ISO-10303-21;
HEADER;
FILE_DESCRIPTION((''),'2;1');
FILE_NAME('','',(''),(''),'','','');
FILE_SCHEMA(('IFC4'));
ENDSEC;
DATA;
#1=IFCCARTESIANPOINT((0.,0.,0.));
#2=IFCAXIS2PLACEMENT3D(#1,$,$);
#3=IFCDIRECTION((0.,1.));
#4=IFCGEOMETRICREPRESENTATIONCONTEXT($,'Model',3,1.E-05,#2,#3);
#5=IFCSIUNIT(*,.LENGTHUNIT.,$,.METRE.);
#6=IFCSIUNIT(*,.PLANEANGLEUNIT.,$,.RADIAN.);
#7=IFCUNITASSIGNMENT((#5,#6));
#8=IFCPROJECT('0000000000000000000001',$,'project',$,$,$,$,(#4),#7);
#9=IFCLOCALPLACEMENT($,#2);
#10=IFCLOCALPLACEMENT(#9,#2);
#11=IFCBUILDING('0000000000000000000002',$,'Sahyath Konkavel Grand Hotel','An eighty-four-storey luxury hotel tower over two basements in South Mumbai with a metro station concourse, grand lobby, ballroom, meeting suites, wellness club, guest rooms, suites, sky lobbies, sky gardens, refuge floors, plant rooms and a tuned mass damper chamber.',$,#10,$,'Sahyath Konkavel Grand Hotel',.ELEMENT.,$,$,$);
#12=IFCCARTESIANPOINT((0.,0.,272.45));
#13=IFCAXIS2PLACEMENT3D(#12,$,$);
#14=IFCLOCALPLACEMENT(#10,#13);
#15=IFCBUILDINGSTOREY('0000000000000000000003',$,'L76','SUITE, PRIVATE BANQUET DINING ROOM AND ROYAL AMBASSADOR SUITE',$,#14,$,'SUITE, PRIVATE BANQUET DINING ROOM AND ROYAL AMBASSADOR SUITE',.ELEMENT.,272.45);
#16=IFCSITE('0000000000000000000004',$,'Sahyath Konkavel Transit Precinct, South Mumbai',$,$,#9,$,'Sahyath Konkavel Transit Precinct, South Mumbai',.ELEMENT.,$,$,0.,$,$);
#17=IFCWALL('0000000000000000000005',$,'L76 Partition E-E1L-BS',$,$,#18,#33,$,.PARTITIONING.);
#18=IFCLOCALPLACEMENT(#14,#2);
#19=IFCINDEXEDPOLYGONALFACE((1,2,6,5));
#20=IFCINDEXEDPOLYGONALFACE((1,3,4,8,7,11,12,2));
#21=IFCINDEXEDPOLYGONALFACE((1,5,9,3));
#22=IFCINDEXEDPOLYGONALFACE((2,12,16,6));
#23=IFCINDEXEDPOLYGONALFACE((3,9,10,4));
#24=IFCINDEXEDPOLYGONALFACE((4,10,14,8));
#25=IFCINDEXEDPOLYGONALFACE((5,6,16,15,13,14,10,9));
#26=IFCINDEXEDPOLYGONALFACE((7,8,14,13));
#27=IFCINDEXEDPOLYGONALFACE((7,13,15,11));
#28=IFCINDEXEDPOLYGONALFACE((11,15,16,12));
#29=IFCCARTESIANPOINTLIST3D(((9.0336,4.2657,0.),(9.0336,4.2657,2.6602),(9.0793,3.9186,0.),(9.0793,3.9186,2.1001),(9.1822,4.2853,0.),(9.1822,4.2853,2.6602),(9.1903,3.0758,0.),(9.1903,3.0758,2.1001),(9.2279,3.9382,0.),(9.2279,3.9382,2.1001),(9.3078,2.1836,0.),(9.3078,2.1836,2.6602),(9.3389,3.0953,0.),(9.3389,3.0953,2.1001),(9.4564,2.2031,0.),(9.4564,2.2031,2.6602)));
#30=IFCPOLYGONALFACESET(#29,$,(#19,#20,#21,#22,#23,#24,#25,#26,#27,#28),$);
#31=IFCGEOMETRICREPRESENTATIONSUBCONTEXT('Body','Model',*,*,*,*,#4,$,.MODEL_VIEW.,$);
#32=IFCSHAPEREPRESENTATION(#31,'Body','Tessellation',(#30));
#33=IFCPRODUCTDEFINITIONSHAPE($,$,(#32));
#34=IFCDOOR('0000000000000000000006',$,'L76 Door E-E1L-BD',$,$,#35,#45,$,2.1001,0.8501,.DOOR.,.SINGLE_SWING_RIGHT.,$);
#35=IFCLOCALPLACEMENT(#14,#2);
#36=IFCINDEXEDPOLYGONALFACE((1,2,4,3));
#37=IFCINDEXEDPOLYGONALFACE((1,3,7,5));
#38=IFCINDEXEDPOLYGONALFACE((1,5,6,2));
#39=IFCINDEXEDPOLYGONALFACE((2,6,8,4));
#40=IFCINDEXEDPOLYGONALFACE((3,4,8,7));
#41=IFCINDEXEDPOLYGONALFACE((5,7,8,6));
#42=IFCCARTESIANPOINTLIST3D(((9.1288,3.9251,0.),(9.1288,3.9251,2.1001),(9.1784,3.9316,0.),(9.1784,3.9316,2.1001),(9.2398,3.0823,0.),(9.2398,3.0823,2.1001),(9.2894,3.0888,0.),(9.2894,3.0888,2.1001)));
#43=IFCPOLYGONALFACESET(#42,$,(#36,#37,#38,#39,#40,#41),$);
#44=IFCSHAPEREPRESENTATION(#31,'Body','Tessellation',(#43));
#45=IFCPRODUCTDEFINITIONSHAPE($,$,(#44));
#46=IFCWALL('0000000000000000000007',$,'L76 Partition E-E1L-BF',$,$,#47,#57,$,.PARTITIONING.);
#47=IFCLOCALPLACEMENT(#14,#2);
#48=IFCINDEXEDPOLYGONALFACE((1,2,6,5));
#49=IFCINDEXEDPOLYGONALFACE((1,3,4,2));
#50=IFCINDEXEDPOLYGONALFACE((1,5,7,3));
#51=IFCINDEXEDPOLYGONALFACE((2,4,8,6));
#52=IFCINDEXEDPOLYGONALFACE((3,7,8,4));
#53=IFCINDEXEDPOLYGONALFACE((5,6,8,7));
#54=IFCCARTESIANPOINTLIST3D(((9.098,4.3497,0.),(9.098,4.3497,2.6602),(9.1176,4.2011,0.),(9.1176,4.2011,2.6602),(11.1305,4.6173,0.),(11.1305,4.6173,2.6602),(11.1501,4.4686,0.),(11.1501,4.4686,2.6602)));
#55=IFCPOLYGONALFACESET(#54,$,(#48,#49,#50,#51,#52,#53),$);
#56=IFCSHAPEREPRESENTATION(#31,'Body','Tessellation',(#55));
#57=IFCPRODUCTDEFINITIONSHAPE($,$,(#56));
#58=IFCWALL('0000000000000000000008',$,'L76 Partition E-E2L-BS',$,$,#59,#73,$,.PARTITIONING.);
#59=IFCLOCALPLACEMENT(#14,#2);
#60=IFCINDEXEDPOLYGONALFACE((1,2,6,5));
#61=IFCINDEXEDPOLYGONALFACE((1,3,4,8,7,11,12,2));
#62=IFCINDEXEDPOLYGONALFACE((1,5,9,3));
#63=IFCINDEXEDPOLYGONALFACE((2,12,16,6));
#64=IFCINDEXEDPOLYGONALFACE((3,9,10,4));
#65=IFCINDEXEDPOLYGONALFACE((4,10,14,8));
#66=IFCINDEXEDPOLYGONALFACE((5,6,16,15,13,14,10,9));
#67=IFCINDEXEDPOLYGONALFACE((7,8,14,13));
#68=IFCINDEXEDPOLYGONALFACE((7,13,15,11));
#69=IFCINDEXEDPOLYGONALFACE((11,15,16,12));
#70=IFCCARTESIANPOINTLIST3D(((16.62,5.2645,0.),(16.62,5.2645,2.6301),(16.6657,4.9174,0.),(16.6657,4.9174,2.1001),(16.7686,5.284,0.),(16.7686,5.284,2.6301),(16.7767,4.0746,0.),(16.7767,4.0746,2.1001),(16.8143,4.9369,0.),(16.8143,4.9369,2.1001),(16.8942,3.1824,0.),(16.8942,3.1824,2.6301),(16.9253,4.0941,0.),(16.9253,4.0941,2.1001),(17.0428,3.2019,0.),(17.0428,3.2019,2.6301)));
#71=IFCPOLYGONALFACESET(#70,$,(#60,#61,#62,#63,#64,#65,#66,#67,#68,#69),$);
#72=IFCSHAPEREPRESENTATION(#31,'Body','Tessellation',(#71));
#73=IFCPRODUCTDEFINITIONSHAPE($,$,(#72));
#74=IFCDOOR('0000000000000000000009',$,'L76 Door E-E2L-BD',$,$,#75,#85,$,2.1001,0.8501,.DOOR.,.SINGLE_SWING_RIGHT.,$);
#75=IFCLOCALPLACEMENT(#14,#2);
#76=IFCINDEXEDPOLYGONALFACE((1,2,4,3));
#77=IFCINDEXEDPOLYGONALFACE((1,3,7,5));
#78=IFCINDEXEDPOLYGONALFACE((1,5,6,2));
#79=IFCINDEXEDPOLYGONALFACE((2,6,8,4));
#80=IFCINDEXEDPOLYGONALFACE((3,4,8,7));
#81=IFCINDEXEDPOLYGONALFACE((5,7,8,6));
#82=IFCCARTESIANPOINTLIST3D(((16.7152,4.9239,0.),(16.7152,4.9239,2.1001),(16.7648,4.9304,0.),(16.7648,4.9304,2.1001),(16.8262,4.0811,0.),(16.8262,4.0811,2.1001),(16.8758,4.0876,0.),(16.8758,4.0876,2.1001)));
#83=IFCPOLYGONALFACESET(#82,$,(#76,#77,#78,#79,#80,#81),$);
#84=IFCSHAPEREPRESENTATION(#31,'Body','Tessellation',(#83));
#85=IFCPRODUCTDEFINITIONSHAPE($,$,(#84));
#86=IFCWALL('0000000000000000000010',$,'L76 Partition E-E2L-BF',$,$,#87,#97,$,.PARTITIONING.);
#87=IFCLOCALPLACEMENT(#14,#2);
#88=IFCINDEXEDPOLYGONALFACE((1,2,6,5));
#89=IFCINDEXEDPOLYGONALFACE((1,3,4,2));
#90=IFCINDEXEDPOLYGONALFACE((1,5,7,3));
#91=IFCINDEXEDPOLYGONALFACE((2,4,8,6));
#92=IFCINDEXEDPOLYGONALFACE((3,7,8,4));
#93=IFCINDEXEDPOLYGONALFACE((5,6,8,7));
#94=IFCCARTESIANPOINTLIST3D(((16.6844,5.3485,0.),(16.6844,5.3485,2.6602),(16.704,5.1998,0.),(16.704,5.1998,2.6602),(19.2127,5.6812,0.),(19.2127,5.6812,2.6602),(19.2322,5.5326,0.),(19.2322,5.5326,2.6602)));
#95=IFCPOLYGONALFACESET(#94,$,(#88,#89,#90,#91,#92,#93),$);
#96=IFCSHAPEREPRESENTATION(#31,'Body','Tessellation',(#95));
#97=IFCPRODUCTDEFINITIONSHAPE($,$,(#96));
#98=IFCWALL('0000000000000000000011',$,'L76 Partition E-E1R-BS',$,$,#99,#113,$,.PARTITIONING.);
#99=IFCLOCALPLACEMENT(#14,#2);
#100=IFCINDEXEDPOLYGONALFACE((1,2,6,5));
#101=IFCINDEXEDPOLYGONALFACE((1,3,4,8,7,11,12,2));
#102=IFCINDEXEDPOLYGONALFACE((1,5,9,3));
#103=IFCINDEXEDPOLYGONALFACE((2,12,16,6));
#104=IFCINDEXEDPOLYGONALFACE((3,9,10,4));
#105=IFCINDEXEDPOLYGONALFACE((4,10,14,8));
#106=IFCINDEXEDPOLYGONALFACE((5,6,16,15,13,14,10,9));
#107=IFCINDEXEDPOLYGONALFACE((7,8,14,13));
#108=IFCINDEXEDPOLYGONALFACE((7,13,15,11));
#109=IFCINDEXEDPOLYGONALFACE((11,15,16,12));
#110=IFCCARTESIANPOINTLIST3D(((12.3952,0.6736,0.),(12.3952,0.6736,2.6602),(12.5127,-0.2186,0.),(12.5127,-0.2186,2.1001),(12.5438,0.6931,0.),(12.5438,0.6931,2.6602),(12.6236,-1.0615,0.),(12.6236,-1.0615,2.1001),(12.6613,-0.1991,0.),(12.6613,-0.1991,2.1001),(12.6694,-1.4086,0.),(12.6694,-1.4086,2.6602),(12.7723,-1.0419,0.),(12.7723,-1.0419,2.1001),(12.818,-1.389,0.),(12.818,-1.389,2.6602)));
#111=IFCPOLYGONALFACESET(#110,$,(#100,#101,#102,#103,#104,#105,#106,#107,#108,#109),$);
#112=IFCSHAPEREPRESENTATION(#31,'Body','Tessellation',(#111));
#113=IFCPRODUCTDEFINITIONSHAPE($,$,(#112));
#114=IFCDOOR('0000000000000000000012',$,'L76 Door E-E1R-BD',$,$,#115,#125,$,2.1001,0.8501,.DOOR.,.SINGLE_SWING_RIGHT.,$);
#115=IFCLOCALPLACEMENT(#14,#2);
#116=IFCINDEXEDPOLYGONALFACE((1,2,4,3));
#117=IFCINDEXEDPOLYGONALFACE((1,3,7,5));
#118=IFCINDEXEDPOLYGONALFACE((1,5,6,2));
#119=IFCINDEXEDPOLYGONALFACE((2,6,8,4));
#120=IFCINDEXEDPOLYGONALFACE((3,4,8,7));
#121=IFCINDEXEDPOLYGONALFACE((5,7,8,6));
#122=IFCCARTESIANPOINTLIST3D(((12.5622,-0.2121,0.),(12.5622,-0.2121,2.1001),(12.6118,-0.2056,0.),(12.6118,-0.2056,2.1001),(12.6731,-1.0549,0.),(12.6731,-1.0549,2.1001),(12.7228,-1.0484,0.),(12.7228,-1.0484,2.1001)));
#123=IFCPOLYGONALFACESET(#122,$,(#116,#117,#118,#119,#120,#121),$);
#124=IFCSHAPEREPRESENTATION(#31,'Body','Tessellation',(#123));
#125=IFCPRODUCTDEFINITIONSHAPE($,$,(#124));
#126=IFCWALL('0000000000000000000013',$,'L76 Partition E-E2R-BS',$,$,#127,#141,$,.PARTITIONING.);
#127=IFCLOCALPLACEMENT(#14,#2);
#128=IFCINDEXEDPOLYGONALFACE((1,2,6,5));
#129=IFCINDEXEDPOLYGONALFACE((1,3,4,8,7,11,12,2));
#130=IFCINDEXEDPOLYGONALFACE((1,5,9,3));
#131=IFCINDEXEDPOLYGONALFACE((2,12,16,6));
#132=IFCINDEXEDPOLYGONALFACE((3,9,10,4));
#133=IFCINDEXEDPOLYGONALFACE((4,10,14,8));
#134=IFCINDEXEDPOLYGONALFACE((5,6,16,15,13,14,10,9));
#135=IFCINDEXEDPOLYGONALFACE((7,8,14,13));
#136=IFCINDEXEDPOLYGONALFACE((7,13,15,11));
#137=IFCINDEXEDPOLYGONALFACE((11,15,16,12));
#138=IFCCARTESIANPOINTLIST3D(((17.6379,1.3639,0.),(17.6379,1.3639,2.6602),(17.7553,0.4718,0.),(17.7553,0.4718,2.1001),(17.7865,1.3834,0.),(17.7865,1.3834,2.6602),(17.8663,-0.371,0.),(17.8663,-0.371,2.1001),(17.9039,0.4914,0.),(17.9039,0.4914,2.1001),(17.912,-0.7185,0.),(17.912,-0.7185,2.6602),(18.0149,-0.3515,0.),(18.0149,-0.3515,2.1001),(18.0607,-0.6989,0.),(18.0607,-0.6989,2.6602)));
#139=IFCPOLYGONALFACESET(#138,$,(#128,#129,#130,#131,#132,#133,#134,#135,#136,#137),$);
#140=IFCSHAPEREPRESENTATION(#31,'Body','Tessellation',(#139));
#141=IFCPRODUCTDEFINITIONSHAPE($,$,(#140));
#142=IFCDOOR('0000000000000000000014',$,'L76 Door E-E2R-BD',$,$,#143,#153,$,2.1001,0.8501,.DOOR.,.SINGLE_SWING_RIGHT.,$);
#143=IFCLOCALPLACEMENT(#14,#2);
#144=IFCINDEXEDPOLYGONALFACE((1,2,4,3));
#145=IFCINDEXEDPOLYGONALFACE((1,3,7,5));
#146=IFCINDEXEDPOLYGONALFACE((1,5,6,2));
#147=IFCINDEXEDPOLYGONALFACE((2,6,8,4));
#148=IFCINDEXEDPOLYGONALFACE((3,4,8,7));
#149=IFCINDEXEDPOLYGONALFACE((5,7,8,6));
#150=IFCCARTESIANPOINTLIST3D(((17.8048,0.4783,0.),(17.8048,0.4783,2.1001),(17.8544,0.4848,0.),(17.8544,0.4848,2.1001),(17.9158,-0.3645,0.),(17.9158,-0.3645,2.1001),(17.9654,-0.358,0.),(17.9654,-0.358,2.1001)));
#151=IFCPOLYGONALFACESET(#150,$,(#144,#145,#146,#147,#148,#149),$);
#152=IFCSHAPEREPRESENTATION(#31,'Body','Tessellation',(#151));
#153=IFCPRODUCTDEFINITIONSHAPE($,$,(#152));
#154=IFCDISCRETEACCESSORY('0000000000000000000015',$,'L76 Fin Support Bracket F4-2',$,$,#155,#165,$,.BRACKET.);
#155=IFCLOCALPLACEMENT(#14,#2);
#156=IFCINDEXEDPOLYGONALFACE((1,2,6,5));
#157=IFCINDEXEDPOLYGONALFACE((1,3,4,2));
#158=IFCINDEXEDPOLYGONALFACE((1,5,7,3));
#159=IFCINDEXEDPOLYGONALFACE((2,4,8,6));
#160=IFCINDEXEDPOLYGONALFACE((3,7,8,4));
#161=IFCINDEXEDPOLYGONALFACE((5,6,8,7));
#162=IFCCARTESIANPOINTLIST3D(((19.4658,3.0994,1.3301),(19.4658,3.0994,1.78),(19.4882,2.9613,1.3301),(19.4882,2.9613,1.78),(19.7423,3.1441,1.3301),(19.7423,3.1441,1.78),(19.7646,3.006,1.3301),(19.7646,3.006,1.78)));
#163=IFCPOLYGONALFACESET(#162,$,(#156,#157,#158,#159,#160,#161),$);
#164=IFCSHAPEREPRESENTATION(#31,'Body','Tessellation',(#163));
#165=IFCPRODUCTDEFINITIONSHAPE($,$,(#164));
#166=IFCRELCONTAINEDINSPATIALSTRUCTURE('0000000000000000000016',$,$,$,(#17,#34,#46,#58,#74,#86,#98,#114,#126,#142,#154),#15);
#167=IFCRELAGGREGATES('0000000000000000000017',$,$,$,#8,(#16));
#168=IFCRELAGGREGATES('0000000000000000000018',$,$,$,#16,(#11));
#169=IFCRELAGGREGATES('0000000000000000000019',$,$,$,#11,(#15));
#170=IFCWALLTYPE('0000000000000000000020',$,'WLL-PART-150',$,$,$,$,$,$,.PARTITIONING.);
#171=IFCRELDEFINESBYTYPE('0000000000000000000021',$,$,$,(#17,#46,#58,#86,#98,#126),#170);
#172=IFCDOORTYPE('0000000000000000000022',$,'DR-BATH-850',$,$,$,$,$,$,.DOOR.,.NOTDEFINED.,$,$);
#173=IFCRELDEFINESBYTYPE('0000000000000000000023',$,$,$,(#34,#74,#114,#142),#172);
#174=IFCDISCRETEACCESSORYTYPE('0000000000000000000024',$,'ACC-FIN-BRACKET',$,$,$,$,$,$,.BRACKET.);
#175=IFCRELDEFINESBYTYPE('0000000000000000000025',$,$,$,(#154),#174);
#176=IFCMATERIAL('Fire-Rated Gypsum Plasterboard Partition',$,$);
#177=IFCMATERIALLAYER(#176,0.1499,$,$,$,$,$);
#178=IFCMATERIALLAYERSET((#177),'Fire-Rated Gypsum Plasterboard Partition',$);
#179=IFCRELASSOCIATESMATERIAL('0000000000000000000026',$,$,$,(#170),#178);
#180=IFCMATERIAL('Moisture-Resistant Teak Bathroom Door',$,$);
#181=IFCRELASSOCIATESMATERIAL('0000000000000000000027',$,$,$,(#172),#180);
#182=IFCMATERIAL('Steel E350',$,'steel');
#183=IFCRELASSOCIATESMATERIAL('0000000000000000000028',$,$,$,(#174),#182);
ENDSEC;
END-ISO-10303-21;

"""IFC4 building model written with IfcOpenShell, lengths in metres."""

from ifc_helpers import new_model, si_unit, direction, frame, frame_2d, origin, origin_2d, place, context, subcontext, project, spatial, rectangle, extrude, source, transform, mapped, material, layer, layer_set, type_object, element, fill, save


model = new_model("IFC4")

# Units and contexts
model_context = context("Model", 3, precision=1e-05, world=origin(), true_north=direction((0.0, 1.0)))
body_context = subcontext(model_context, "Body", "Model", "MODEL_VIEW")
ifc_project = project(units=[si_unit("LENGTHUNIT", "METRE"), si_unit("PLANEANGLEUNIT", "RADIAN")], contexts=[model_context])

# Site, building, storey
site_placement = place(None, origin())
site = spatial("IfcSite", under=ifc_project, at=site_placement, Name="Sahyath Konkavel Transit Precinct, South Mumbai", LongName="Sahyath Konkavel Transit Precinct, South Mumbai", CompositionType="ELEMENT", RefElevation=0.0)
building_placement = place(site_placement, origin())
building = spatial("IfcBuilding", under=site, at=building_placement, Name="Sahyath Konkavel Grand Hotel", Description="An eighty-four-storey luxury hotel tower over two basements in South Mumbai with a metro station concourse, grand lobby, ballroom, meeting suites, wellness club, guest rooms, suites, sky lobbies, sky gardens, refuge floors, plant rooms and a tuned mass damper chamber.", LongName="Sahyath Konkavel Grand Hotel", CompositionType="ELEMENT")
storey_placement = place(building_placement, frame((0.0, 0.0, 272.45)))
storey = spatial("IfcBuildingStorey", under=building, at=storey_placement, Name="L76", Description="SUITE, PRIVATE BANQUET DINING ROOM AND ROYAL AMBASSADOR SUITE", LongName="SUITE, PRIVATE BANQUET DINING ROOM AND ROYAL AMBASSADOR SUITE", CompositionType="ELEMENT", Elevation=272.45)

# Shared definitions
ifc_material_1 = material(Name="Steel E350", Category="steel")

# Wall, opening, door
ifc_material_2 = material(Name="Fire-Rated Gypsum Plasterboard Partition")
ifc_layer_1 = layer(ifc_material_2, 0.1499)
ifc_layer_set_1 = layer_set([ifc_layer_1], Name="Fire-Rated Gypsum Plasterboard Partition")
wall_type_1 = type_object("IfcWallType", Name="WLL-PART-150", PredefinedType="PARTITIONING", material=ifc_layer_set_1)
wall_1_placement = place(storey_placement, frame((9.3821, 2.1934, 0.0), z_axis=(0.0, 0.0, 1.0), x_axis=(-0.130557, 0.991441, 0.0)))
wall_1 = element("IfcWall", 1, at=wall_1_placement, inside=storey, type_object=wall_type_1, Name="L76 Partition E-E1L-BS", PredefinedType="PARTITIONING", context=body_context, shape_type="SweptSolid", body=[
    extrude(rectangle(XDim=2.1001, YDim=0.1499, at=frame_2d((1.05, 0.0))), origin(), (0.0, 0.0, 1.0), 2.6602),
])
opening_1_placement = place(wall_1_placement, frame((0.8999, 0.0, 0.0)))
opening_1 = element("IfcOpeningElement", 2, at=opening_1_placement, cuts=wall_1, PredefinedType="OPENING", context=body_context, shape_type="SweptSolid", body=[
    extrude(rectangle(XDim=0.8501, YDim=2.1001, at=frame_2d((0.425, 1.05))), frame((0.0, 0.085, 0.0), z_axis=(0.0, -1.0, 0.0), x_axis=(1.0, 0.0, 0.0)), (0.0, 0.0, 1.0), 0.1699),
])
ifc_material_3 = material(Name="Moisture-Resistant Teak Bathroom Door")
door_type = type_object("IfcDoorType", Name="DR-BATH-850", OperationType="NOTDEFINED", PredefinedType="DOOR", material=ifc_material_3)
shared_shape_1 = source(origin(), body_context, "Body", "SweptSolid", [
    extrude(rectangle(XDim=0.8501, YDim=0.05, at=origin_2d()), origin(), (0.0, 0.0, 1.0), 2.1001),
])
door_1_placement = place(opening_1_placement, frame((0.425, 0.0, 0.0)))
door_1 = element("IfcDoor", 3, at=door_1_placement, inside=storey, type_object=door_type, Name="L76 Door E-E1L-BD", OperationType="SINGLE_SWING_RIGHT", OverallHeight=2.1001, OverallWidth=0.8501, PredefinedType="DOOR", context=body_context, shape_type="MappedRepresentation", body=[
    mapped(shared_shape_1, transform((0.0, 0.0, 0.0), scale=1.0)),
])
fill(opening_1, door_1)

# Wall
wall_2_placement = place(storey_placement, frame((9.1079, 4.2754, 0.0), z_axis=(0.0, 0.0, 1.0), x_axis=(0.991445, 0.130525, 0.0)))
element("IfcWall", 4, at=wall_2_placement, inside=storey, type_object=wall_type_1, Name="L76 Partition E-E1L-BF", PredefinedType="PARTITIONING", context=body_context, shape_type="SweptSolid", body=[
    extrude(rectangle(XDim=2.05, YDim=0.1499, at=frame_2d((1.0249, 0.0))), origin(), (0.0, 0.0, 1.0), 2.6602),
])

# Wall, opening, door
wall_3_placement = place(storey_placement, frame((16.9685, 3.1921, 0.0), z_axis=(0.0, 0.0, 1.0), x_axis=(-0.130557, 0.991441, 0.0)))
wall_3 = element("IfcWall", 5, at=wall_3_placement, inside=storey, type_object=wall_type_1, Name="L76 Partition E-E2L-BS", PredefinedType="PARTITIONING", context=body_context, shape_type="SweptSolid", body=[
    extrude(rectangle(XDim=2.1001, YDim=0.1499, at=frame_2d((1.05, 0.0))), origin(), (0.0, 0.0, 1.0), 2.6301),
])
opening_2_placement = place(wall_3_placement, frame((0.8999, 0.0, 0.0)))
opening_2 = element("IfcOpeningElement", 6, at=opening_2_placement, cuts=wall_3, PredefinedType="OPENING", context=body_context, shape_type="SweptSolid", body=[
    extrude(rectangle(XDim=0.8501, YDim=2.1001, at=frame_2d((0.425, 1.05))), frame((0.0, 0.085, 0.0), z_axis=(0.0, -1.0, 0.0), x_axis=(1.0, 0.0, 0.0)), (0.0, 0.0, 1.0), 0.1699),
])
door_2_placement = place(opening_2_placement, frame((0.425, 0.0, 0.0)))
door_2 = element("IfcDoor", 7, at=door_2_placement, inside=storey, type_object=door_type, Name="L76 Door E-E2L-BD", OperationType="SINGLE_SWING_RIGHT", OverallHeight=2.1001, OverallWidth=0.8501, PredefinedType="DOOR", context=body_context, shape_type="MappedRepresentation", body=[
    mapped(shared_shape_1, transform((0.0, 0.0, 0.0), scale=1.0)),
])
fill(opening_2, door_2)

# Wall
wall_4_placement = place(storey_placement, frame((16.6943, 5.2742, 0.0), z_axis=(0.0, 0.0, 1.0), x_axis=(0.99145, 0.130489, 0.0)))
element("IfcWall", 8, at=wall_4_placement, inside=storey, type_object=wall_type_1, Name="L76 Partition E-E2L-BF", PredefinedType="PARTITIONING", context=body_context, shape_type="SweptSolid", body=[
    extrude(rectangle(XDim=2.55, YDim=0.1499, at=frame_2d((1.2749, 0.0))), origin(), (0.0, 0.0, 1.0), 2.6602),
])

# Walls, openings, doors
wall_5_placement = place(storey_placement, frame((12.4695, 0.6833, 0.0), z_axis=(0.0, 0.0, 1.0), x_axis=(0.130557, -0.991441, 0.0)))
wall_5 = element("IfcWall", 9, at=wall_5_placement, inside=storey, type_object=wall_type_1, Name="L76 Partition E-E1R-BS", PredefinedType="PARTITIONING", context=body_context, shape_type="SweptSolid", body=[
    extrude(rectangle(XDim=2.1001, YDim=0.1499, at=frame_2d((1.05, 0.0))), origin(), (0.0, 0.0, 1.0), 2.6602),
])
opening_3_placement = place(wall_5_placement, frame((0.8999, 0.0, 0.0)))
opening_3 = element("IfcOpeningElement", 10, at=opening_3_placement, cuts=wall_5, PredefinedType="OPENING", context=body_context, shape_type="SweptSolid", body=[
    extrude(rectangle(XDim=0.8501, YDim=2.1001, at=frame_2d((0.425, 1.05))), frame((0.0, 0.085, 0.0), z_axis=(0.0, -1.0, 0.0), x_axis=(1.0, 0.0, 0.0)), (0.0, 0.0, 1.0), 0.1699),
])
door_3_placement = place(opening_3_placement, frame((0.425, 0.0, 0.0)))
door_3 = element("IfcDoor", 11, at=door_3_placement, inside=storey, type_object=door_type, Name="L76 Door E-E1R-BD", OperationType="SINGLE_SWING_RIGHT", OverallHeight=2.1001, OverallWidth=0.8501, PredefinedType="DOOR", context=body_context, shape_type="MappedRepresentation", body=[
    mapped(shared_shape_1, transform((0.0, 0.0, 0.0), scale=1.0)),
])
fill(opening_3, door_3)
wall_6_placement = place(storey_placement, frame((17.7122, 1.3738, 0.0), z_axis=(0.0, 0.0, 1.0), x_axis=(0.130542, -0.991443, 0.0)))
wall_6 = element("IfcWall", 12, at=wall_6_placement, inside=storey, type_object=wall_type_1, Name="L76 Partition E-E2R-BS", PredefinedType="PARTITIONING", context=body_context, shape_type="SweptSolid", body=[
    extrude(rectangle(XDim=2.1003, YDim=0.1499, at=frame_2d((1.0503, 0.0))), origin(), (0.0, 0.0, 1.0), 2.6602),
])
opening_4_placement = place(wall_6_placement, frame((0.8999, 0.0, 0.0)))
opening_4 = element("IfcOpeningElement", 13, at=opening_4_placement, cuts=wall_6, PredefinedType="OPENING", context=body_context, shape_type="SweptSolid", body=[
    extrude(rectangle(XDim=0.8501, YDim=2.1001, at=frame_2d((0.425, 1.05))), frame((0.0, 0.085, 0.0), z_axis=(0.0, -1.0, 0.0), x_axis=(1.0, 0.0, 0.0)), (0.0, 0.0, 1.0), 0.1699),
])
door_4_placement = place(opening_4_placement, frame((0.425, 0.0, 0.0)))
door_4 = element("IfcDoor", 14, at=door_4_placement, inside=storey, type_object=door_type, Name="L76 Door E-E2R-BD", OperationType="SINGLE_SWING_RIGHT", OverallHeight=2.1001, OverallWidth=0.8501, PredefinedType="DOOR", context=body_context, shape_type="MappedRepresentation", body=[
    mapped(shared_shape_1, transform((0.0, 0.0, 0.0), scale=1.0)),
])
fill(opening_4, door_4)

# Discrete accessory
discrete_accessory_type = type_object("IfcDiscreteAccessoryType", Name="ACC-FIN-BRACKET", PredefinedType="BRACKET", material=ifc_material_1)
shared_shape_2 = source(origin(), body_context, "Body", "SweptSolid", [
    extrude(rectangle(XDim=0.28, YDim=0.1399, at=origin_2d()), origin(), (0.0, 0.0, 1.0), 0.45),
])
discrete_accessory_placement = place(storey_placement, frame((19.6152, 3.0527, 1.3301), z_axis=(0.0, 0.0, 1.0), x_axis=(0.987178, 0.159623, 0.0)))
element("IfcDiscreteAccessory", 15, at=discrete_accessory_placement, inside=storey, type_object=discrete_accessory_type, Name="L76 Fin Support Bracket F4-2", PredefinedType="BRACKET", context=body_context, shape_type="MappedRepresentation", body=[
    mapped(shared_shape_2, transform((0.0, 0.0, 0.0), scale=1.0)),
])

save(model, "model.ifc")
